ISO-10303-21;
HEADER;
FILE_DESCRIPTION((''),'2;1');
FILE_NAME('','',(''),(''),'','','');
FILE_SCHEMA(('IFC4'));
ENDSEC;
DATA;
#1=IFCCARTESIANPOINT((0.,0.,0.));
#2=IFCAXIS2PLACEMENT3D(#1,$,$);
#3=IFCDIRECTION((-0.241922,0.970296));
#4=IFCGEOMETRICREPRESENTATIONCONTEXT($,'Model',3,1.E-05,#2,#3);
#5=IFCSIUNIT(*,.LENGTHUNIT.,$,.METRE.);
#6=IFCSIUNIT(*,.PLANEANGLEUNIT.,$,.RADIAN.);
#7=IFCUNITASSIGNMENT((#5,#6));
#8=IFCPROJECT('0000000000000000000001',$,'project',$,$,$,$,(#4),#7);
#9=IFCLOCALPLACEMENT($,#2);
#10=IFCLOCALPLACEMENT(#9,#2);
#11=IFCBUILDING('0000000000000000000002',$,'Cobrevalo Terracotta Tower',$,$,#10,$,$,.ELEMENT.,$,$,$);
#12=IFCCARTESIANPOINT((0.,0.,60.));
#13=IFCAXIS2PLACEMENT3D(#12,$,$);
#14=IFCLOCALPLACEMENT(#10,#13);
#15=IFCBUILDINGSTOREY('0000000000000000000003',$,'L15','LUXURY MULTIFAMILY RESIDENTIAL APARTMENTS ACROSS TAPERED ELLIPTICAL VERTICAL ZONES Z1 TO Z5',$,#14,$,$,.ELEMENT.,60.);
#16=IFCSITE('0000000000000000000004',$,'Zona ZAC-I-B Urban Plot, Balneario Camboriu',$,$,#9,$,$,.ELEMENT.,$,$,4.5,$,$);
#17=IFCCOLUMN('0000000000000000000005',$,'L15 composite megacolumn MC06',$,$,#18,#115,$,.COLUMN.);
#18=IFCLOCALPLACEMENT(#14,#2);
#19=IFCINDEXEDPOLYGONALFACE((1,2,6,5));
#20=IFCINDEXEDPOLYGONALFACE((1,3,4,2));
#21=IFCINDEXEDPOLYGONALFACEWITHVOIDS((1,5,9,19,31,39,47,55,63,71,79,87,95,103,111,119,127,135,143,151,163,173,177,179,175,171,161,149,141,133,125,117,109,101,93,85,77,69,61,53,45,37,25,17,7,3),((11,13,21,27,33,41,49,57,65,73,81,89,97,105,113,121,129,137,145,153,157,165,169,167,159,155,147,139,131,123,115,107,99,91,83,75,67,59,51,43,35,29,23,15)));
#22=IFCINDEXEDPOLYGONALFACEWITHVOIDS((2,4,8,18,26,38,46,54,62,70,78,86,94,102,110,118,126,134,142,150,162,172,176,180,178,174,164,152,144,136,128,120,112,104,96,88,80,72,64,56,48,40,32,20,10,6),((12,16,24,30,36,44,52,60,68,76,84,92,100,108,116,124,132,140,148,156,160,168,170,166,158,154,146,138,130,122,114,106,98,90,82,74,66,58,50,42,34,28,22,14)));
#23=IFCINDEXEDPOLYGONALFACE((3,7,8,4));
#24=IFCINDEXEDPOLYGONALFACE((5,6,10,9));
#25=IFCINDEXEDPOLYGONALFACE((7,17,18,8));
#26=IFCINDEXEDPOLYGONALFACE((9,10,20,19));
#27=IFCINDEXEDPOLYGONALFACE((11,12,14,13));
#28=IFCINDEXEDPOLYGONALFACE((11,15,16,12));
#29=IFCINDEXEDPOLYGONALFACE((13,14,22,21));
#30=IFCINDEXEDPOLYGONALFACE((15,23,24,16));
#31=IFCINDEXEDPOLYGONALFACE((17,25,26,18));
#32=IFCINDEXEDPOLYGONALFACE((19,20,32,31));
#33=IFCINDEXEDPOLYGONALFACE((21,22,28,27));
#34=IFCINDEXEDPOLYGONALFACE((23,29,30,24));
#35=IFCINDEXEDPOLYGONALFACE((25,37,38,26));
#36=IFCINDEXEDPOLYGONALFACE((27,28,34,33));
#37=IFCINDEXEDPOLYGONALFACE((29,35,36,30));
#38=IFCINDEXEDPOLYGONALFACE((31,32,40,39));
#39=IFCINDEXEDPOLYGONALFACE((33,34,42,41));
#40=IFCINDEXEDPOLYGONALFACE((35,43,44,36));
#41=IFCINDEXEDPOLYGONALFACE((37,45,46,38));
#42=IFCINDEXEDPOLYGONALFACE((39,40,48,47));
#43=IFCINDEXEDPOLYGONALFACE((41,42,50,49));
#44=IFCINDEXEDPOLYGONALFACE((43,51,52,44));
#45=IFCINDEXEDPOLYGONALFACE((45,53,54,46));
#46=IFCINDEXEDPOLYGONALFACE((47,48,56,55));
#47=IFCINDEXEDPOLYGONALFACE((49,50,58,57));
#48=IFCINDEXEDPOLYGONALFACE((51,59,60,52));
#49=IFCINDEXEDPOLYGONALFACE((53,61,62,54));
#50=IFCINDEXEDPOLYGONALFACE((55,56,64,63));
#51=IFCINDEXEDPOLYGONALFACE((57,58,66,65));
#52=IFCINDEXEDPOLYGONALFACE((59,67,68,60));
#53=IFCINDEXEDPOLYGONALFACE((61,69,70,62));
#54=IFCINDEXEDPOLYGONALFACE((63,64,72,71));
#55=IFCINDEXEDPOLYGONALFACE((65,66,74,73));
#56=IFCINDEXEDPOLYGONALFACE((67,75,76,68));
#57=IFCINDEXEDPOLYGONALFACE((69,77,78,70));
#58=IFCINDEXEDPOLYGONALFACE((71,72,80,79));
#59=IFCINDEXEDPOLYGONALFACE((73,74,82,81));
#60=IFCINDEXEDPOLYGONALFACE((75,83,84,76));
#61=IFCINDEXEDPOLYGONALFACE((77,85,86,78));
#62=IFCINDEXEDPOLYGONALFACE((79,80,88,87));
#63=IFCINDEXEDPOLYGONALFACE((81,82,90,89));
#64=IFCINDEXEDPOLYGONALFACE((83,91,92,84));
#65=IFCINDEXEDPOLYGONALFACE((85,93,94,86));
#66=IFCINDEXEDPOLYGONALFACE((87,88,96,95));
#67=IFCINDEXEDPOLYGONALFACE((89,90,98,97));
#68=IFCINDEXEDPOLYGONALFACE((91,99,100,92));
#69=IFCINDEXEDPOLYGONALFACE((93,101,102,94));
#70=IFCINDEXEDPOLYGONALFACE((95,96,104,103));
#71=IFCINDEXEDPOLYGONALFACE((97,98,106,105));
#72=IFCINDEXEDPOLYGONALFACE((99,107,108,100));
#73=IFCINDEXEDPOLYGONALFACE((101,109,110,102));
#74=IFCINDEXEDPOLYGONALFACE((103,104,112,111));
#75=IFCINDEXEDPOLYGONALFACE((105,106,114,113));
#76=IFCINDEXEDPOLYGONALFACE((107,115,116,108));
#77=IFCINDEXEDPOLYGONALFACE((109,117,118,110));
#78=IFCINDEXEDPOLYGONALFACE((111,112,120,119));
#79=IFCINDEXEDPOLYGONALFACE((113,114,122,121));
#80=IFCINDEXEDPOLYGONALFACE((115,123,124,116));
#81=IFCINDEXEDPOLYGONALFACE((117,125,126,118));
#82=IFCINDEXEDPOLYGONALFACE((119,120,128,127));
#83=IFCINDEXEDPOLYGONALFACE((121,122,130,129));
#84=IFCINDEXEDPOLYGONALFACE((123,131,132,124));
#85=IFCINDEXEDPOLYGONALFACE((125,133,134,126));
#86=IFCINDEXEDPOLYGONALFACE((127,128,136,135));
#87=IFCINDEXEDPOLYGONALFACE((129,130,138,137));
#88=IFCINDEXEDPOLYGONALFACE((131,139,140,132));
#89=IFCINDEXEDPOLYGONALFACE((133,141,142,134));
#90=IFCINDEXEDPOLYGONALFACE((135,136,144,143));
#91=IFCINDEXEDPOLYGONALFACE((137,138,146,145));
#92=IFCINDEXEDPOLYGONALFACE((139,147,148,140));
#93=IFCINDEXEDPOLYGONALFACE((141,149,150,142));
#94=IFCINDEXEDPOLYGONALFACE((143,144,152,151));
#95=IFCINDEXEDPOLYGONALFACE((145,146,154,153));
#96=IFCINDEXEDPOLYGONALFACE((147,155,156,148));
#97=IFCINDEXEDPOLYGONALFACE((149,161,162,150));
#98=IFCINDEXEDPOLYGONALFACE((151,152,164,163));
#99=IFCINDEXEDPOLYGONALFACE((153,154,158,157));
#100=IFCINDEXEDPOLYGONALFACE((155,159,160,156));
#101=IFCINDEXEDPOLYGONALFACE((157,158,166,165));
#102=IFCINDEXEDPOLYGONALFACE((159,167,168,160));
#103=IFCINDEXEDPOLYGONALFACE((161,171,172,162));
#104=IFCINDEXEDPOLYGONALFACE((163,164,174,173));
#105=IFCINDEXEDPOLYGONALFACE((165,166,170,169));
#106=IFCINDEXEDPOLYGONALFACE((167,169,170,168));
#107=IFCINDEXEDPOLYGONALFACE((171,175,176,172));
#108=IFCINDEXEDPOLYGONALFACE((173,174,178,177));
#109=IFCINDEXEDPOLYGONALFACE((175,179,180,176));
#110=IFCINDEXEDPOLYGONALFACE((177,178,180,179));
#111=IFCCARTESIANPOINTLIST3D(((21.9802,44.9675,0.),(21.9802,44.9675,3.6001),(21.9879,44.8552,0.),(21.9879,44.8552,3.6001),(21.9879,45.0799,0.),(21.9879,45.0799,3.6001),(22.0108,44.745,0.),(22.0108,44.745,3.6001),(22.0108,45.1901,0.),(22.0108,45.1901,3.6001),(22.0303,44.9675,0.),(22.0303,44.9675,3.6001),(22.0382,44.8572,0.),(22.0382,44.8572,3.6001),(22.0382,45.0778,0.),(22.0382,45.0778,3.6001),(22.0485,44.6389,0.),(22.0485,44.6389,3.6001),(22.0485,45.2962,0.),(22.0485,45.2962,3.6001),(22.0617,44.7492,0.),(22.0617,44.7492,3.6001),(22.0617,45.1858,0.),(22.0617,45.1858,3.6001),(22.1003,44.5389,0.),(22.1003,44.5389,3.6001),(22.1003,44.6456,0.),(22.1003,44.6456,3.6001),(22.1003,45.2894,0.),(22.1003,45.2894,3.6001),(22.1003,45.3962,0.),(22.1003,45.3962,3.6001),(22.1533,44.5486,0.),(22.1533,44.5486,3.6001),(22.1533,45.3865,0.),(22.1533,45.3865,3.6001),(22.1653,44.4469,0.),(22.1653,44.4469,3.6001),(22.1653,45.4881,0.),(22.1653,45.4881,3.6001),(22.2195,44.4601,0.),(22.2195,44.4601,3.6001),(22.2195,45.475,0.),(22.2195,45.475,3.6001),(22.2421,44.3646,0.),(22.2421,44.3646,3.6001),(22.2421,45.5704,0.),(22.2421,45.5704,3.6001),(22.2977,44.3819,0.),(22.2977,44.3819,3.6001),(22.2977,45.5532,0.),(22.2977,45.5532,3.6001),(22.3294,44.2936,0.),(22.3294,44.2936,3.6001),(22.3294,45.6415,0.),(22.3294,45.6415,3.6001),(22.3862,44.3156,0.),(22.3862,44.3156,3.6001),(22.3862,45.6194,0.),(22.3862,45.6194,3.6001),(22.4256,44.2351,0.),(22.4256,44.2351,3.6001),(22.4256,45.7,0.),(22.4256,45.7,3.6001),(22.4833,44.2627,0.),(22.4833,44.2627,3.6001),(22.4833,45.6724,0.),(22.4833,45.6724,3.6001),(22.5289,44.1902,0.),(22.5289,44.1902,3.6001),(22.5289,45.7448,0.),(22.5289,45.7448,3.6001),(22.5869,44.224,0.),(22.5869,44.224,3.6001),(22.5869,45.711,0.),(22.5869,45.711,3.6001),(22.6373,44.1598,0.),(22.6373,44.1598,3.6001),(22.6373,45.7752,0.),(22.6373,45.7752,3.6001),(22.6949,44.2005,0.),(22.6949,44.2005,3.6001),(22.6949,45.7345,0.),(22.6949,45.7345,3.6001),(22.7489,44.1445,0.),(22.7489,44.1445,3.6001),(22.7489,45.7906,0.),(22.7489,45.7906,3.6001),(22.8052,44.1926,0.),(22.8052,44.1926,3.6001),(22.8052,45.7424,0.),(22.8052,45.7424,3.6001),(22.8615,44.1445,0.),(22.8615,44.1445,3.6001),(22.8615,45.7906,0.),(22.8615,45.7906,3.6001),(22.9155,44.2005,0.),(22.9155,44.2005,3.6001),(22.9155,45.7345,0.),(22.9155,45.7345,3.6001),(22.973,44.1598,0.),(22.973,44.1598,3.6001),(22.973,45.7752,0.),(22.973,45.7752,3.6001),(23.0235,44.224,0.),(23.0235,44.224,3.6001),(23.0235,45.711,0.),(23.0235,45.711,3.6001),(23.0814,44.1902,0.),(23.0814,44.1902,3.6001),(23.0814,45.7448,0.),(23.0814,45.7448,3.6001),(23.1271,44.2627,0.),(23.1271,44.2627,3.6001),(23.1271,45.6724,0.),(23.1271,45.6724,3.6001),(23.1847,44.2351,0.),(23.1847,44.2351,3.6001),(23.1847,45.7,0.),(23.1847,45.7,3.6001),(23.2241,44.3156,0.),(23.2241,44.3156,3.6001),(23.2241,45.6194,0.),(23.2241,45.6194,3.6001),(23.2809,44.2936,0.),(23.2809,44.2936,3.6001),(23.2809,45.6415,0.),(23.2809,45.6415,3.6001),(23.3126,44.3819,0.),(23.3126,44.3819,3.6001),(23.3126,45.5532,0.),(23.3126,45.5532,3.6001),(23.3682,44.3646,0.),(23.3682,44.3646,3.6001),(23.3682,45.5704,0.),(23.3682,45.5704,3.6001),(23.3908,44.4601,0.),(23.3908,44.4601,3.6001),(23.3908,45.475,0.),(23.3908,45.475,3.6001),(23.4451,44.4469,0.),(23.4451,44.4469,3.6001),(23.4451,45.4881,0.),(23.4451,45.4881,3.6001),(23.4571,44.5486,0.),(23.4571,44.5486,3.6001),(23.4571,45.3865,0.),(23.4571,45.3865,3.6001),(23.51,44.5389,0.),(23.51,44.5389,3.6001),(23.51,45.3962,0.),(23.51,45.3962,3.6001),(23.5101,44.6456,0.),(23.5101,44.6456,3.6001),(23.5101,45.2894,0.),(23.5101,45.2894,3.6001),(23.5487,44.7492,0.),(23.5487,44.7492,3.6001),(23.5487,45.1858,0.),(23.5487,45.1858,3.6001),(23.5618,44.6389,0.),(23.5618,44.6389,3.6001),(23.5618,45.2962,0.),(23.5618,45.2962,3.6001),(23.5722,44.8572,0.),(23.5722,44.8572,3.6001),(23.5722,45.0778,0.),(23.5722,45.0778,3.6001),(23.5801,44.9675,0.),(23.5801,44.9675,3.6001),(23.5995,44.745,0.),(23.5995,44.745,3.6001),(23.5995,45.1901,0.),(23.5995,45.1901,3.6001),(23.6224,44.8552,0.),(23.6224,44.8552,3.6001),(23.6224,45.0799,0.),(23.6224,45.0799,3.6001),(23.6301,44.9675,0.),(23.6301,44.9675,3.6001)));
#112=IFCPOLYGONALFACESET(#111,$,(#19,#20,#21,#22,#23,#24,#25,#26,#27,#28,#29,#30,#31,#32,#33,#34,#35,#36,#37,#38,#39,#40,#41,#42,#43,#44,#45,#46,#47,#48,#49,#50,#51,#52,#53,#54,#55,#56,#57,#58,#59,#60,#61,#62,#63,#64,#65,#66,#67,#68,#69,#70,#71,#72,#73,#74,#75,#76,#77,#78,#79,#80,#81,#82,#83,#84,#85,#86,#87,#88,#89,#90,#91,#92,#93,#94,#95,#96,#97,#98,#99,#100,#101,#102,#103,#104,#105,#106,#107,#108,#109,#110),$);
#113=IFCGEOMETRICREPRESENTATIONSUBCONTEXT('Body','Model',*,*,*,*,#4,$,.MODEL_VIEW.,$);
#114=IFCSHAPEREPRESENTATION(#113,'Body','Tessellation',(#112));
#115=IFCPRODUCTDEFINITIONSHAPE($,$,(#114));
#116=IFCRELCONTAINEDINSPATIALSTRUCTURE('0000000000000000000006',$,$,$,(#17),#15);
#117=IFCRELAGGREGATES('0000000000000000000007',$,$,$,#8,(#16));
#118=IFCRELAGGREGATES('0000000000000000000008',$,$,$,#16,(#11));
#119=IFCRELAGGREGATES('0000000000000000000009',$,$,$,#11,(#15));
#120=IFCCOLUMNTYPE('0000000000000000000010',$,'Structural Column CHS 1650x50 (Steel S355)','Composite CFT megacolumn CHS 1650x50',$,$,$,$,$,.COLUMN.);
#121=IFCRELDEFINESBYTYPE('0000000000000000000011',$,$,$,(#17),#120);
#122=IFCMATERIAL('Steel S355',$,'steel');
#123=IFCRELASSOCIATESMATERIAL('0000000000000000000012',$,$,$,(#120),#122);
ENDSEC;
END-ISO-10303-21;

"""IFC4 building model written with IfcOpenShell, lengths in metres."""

from ifc_helpers import new_model, si_unit, direction, frame, origin, origin_2d, place, context, subcontext, project, spatial, hollow_circle, extrude, material, material_profile, profile_set, type_object, element, save


model = new_model("IFC4")

# Units and contexts
model_context = context("Model", 3, precision=1e-05, world=origin(), true_north=direction((-0.241922, 0.970296)))
body_context = subcontext(model_context, "Body", "Model", "MODEL_VIEW")
ifc_project = project(units=[si_unit("LENGTHUNIT", "METRE"), si_unit("PLANEANGLEUNIT", "RADIAN")], contexts=[model_context])

# Site, building, storey
site_placement = place(None, origin())
site = spatial("IfcSite", under=ifc_project, at=site_placement, Name="Zona ZAC-I-B Urban Plot, Balneario Camboriu", CompositionType="ELEMENT", RefElevation=4.5)
building_placement = place(site_placement, origin())
building = spatial("IfcBuilding", under=site, at=building_placement, Name="Cobrevalo Terracotta Tower", CompositionType="ELEMENT")
storey_placement = place(building_placement, frame((0.0, 0.0, 60.0)))
storey = spatial("IfcBuildingStorey", under=building, at=storey_placement, Name="L15", Description="LUXURY MULTIFAMILY RESIDENTIAL APARTMENTS ACROSS TAPERED ELLIPTICAL VERTICAL ZONES Z1 TO Z5", CompositionType="ELEMENT", Elevation=60.0)

# Column
ifc_material_1 = material(Name="Steel S355", Category="steel")
ifc_material_profile_1 = material_profile(ifc_material_1, hollow_circle(Radius=0.825, WallThickness=0.05, at=origin_2d()), Name="CHS 1650x50")
ifc_profile_set_1 = profile_set([ifc_material_profile_1], Name="Steel S355")
column_type = type_object("IfcColumnType", Name="Structural Column CHS 1650x50 (Steel S355)", Description="Composite CFT megacolumn CHS 1650x50", PredefinedType="COLUMN", material=ifc_profile_set_1)
for number, where, z_axis, x_axis, name in (
    (1, (22.8052, 44.9675, 0.0), (0.0, 0.0, 1.0), (1.0, 0.0, 0.0), "L15 composite megacolumn MC06"),
):
    element("IfcColumn", number, at=place(storey_placement, frame(where, z_axis=z_axis, x_axis=x_axis)), inside=storey, type_object=column_type, Name=name, PredefinedType="COLUMN", context=body_context, shape_type="SweptSolid", body=[
        extrude(hollow_circle(Radius=0.825, WallThickness=0.05, at=origin_2d()), origin(), (0.0, 0.0, 1.0), 3.6001),
    ])

save(model, "model.ifc")
